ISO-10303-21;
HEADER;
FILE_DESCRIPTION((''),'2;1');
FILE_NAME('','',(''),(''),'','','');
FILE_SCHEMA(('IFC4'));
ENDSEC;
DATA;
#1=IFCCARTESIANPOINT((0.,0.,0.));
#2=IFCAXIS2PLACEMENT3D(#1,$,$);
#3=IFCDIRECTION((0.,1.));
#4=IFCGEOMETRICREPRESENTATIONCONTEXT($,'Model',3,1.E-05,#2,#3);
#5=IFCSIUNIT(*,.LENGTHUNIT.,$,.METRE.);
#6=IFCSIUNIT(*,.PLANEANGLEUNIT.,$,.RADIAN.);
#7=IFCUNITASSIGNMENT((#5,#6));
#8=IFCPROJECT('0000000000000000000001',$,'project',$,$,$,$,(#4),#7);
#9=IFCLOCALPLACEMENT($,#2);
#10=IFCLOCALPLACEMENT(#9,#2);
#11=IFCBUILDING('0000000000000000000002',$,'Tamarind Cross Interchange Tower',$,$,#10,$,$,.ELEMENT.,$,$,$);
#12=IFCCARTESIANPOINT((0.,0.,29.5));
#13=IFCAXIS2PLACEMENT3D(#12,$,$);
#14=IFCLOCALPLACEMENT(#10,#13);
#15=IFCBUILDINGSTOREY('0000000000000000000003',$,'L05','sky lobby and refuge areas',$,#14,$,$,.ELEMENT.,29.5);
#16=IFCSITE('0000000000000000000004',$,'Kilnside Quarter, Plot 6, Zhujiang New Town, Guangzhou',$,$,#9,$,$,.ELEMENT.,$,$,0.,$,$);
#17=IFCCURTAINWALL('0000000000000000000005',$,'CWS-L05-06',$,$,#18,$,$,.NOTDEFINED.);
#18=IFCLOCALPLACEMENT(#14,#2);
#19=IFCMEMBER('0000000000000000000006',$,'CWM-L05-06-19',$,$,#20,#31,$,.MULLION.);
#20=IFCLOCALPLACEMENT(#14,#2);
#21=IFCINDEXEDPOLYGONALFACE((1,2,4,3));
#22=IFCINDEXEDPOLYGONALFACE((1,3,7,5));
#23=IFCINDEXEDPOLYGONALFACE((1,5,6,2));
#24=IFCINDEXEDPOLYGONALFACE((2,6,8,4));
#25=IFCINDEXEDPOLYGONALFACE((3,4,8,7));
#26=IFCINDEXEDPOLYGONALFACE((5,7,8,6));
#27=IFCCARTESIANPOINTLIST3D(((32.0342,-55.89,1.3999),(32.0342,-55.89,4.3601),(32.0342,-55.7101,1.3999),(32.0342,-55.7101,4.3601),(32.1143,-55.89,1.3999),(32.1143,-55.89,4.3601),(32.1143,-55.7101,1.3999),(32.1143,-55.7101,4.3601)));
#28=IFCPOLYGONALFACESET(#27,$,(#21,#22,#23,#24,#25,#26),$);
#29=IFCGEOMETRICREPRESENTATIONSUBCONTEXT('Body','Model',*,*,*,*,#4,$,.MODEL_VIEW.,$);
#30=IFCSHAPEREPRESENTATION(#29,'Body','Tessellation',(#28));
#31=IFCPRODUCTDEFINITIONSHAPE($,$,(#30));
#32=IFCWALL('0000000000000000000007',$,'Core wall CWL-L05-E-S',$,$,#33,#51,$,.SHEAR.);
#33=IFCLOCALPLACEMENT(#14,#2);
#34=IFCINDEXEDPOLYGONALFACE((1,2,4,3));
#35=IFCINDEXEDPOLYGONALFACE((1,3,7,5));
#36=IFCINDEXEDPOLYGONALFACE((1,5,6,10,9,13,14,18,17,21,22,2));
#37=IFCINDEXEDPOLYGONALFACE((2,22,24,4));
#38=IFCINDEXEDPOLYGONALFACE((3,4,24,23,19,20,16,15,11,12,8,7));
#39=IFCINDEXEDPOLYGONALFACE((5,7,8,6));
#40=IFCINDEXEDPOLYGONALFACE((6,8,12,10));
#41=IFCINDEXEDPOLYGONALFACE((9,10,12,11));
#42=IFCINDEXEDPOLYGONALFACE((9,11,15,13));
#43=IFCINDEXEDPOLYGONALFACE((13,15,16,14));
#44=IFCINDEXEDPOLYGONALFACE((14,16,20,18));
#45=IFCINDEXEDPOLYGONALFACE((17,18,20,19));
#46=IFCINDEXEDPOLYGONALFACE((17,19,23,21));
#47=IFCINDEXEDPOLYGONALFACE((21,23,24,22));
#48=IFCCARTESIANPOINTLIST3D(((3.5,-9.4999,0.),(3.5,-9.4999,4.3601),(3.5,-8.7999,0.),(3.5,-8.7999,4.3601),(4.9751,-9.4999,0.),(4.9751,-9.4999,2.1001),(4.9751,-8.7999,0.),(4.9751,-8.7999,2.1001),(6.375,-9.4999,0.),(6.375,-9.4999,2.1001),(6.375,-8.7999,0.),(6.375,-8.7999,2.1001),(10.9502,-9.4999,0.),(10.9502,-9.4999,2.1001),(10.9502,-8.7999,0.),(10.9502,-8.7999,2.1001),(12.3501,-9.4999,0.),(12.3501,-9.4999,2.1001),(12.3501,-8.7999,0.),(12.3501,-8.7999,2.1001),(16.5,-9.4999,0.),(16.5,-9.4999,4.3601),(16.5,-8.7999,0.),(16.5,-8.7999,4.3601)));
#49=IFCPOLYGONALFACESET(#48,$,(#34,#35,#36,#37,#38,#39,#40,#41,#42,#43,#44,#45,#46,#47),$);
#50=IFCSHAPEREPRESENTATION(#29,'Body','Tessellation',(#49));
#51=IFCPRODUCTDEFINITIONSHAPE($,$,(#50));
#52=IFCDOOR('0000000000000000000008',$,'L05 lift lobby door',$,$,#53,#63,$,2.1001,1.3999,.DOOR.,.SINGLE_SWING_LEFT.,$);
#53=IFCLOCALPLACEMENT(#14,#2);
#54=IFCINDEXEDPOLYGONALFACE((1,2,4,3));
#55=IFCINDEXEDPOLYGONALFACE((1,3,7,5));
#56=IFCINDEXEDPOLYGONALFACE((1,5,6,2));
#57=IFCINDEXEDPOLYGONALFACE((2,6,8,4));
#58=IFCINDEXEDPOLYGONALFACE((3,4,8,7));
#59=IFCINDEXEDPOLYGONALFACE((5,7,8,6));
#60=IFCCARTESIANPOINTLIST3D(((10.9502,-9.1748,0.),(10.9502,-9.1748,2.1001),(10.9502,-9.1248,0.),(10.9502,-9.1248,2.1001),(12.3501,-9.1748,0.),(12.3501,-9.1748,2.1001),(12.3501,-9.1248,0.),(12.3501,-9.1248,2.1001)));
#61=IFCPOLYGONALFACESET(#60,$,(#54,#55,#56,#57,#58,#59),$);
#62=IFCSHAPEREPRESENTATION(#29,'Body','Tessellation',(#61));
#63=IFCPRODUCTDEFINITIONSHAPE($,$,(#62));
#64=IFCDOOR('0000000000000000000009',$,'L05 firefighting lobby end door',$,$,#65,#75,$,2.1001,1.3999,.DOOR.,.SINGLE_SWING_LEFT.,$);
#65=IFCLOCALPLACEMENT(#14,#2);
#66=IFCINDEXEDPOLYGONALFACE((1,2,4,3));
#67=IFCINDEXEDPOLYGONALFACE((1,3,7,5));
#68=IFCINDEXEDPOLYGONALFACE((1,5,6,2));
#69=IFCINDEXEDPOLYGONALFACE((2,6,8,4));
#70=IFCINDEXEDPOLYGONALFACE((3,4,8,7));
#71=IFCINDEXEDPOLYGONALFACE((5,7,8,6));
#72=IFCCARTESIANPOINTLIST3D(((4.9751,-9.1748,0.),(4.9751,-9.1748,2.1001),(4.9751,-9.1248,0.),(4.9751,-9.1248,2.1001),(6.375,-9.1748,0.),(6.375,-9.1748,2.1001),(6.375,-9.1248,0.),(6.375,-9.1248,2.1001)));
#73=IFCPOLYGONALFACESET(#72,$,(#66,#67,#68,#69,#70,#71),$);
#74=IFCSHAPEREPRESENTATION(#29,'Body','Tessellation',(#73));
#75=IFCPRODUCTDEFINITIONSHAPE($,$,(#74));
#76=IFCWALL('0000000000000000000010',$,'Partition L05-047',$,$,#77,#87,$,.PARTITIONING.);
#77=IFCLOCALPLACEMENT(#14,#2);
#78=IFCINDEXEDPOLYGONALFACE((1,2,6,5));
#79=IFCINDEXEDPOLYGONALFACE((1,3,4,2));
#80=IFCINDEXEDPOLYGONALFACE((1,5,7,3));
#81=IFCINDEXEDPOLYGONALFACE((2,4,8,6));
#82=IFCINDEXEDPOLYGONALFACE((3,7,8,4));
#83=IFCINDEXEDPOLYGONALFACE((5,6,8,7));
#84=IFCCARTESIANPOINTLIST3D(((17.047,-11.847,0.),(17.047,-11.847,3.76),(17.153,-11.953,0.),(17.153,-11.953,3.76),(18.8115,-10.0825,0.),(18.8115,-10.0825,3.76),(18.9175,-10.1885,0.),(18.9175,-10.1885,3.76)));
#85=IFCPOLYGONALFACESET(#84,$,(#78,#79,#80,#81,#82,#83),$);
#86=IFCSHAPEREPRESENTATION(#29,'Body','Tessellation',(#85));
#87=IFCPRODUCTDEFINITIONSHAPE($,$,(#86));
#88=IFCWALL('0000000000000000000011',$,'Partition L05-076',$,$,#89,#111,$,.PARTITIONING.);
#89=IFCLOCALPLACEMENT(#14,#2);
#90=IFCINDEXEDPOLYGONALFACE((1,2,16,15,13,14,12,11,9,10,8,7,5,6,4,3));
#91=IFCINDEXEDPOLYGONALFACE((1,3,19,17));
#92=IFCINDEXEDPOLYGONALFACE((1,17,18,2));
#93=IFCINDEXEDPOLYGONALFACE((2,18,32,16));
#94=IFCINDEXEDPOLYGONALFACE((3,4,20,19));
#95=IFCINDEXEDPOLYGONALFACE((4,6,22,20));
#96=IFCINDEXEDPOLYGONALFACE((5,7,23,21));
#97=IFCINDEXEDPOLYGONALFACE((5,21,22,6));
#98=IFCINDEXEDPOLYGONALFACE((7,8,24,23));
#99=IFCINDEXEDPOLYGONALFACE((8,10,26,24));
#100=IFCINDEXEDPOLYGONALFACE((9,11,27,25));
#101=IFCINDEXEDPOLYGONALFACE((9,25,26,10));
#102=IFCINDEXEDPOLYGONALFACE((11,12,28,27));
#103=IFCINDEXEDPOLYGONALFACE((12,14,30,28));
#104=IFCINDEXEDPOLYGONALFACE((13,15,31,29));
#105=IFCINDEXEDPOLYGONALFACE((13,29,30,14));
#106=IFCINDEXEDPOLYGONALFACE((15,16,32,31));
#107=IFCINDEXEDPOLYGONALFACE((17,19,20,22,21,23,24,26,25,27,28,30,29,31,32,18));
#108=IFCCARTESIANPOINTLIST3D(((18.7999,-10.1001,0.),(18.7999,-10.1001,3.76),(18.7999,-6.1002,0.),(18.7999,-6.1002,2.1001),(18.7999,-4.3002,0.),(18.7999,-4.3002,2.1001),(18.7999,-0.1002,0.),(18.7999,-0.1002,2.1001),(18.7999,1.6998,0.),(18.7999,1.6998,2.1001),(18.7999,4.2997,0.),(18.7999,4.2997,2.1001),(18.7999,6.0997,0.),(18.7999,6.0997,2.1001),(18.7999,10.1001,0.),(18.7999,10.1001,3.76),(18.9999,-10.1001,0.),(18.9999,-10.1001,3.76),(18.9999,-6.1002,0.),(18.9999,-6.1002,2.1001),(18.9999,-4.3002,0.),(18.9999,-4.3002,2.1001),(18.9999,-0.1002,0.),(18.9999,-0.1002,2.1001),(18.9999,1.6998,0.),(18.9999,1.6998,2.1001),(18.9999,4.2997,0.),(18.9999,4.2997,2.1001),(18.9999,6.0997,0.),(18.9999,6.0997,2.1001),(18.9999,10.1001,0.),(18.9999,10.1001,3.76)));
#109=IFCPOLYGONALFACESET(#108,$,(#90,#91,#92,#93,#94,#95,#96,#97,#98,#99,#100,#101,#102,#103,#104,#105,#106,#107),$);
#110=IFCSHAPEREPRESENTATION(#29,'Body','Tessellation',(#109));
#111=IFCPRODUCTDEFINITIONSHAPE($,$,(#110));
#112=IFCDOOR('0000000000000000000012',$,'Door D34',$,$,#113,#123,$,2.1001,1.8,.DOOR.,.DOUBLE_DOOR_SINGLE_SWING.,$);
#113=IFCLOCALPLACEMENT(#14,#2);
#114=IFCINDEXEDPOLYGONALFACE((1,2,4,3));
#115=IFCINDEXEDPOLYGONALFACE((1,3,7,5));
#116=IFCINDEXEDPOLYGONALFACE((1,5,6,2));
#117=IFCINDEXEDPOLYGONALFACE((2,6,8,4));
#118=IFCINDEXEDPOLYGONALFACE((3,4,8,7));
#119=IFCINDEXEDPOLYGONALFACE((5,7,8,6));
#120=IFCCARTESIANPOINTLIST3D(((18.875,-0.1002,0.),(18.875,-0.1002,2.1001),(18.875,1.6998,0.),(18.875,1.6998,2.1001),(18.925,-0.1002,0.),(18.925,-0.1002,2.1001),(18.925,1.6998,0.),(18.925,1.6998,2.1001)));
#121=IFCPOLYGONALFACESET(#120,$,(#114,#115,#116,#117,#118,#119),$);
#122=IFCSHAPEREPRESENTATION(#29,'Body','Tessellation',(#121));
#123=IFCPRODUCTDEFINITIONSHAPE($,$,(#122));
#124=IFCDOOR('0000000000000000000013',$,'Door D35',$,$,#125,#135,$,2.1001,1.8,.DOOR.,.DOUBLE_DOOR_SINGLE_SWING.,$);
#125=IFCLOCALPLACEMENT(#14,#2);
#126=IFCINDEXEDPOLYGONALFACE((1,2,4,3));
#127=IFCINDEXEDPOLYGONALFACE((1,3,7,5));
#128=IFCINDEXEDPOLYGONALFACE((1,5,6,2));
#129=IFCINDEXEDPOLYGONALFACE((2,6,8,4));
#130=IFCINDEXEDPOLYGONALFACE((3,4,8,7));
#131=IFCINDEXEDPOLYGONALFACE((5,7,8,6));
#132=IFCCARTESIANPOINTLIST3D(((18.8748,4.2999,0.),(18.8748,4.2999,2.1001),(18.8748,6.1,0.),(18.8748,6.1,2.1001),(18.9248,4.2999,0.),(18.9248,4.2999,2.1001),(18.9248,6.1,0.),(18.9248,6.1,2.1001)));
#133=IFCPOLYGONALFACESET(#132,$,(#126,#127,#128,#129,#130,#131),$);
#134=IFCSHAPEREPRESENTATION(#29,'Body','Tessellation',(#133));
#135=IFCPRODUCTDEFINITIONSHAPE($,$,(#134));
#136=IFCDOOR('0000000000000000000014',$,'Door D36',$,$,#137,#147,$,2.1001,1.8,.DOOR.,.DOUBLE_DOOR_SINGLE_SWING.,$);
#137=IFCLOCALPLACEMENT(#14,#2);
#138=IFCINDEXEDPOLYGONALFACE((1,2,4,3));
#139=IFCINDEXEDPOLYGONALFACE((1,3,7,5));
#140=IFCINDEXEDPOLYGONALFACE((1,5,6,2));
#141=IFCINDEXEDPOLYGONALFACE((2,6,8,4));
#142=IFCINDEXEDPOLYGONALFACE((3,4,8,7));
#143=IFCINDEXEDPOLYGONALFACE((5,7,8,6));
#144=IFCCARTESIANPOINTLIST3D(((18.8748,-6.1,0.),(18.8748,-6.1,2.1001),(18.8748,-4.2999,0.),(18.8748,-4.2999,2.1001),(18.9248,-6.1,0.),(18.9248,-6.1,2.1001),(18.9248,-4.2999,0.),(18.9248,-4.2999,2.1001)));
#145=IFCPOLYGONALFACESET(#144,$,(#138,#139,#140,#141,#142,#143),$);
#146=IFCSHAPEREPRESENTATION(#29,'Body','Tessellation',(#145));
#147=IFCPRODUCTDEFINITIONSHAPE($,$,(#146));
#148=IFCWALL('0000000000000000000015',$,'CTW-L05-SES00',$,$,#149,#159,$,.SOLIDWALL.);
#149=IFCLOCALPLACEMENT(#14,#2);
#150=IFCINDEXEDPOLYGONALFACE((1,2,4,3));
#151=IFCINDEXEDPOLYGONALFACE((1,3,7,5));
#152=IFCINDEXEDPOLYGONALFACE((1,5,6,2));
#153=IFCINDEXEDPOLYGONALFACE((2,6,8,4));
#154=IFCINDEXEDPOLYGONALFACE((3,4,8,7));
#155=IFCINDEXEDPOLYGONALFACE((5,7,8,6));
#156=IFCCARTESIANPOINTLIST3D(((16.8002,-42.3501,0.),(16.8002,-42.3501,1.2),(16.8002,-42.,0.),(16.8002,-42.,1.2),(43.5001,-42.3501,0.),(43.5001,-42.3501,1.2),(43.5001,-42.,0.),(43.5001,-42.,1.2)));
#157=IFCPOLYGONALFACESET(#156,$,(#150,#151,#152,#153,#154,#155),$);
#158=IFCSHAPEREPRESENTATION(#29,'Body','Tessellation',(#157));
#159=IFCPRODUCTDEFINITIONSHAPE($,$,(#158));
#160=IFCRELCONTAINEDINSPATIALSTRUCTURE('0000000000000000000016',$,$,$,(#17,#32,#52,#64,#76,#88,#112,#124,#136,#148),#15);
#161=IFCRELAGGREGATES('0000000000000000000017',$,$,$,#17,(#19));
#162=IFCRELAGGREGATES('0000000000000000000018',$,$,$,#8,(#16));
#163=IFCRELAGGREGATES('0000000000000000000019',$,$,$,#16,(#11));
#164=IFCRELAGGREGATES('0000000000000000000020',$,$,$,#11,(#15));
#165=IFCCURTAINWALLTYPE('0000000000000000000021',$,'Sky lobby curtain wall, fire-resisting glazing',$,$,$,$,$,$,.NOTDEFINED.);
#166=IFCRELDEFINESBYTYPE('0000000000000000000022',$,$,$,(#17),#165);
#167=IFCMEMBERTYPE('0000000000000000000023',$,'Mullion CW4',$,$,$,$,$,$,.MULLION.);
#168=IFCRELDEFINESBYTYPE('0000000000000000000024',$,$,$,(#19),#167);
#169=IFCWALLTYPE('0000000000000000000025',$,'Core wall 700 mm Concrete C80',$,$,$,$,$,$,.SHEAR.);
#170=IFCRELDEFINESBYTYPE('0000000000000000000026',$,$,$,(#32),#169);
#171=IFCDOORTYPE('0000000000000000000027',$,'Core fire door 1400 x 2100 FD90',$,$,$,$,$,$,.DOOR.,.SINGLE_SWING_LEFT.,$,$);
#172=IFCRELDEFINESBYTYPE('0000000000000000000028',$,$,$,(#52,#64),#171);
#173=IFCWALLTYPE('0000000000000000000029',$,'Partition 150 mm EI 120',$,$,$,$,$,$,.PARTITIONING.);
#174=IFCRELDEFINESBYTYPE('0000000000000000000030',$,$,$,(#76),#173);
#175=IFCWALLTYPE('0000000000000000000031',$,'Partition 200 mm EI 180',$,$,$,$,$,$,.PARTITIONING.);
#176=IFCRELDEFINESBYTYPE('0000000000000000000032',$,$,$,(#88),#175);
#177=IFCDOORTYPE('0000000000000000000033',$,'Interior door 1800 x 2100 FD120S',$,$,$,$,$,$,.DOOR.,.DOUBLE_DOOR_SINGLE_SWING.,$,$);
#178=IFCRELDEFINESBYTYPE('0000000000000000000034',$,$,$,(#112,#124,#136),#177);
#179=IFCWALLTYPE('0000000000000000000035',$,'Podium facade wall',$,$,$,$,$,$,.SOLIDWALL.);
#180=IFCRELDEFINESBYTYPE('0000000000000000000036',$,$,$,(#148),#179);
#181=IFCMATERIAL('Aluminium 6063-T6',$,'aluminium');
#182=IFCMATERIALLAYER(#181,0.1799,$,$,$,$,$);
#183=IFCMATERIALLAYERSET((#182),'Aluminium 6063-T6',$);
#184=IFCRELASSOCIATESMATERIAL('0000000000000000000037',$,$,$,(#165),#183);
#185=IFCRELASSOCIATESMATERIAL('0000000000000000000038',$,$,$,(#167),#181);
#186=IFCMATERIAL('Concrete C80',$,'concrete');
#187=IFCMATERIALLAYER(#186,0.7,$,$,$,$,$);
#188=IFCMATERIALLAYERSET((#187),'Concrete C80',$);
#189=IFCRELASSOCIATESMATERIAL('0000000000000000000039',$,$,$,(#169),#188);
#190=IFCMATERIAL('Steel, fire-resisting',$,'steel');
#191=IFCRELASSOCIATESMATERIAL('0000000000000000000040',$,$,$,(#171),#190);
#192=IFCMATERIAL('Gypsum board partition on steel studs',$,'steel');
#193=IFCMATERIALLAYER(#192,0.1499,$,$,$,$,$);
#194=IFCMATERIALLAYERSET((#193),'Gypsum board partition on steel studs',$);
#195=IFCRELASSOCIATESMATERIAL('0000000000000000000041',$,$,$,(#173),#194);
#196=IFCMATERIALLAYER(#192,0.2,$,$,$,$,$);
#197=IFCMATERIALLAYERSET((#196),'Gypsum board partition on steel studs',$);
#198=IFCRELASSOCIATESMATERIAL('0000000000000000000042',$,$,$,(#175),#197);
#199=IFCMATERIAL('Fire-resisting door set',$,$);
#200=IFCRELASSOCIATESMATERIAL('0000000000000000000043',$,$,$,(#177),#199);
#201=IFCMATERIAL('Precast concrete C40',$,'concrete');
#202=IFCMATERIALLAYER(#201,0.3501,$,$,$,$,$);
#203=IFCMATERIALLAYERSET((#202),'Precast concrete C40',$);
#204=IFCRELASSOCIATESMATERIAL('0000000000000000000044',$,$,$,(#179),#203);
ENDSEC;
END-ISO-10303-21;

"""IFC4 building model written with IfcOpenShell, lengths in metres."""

from ifc_helpers import new_model, si_unit, direction, frame, frame_2d, origin, origin_2d, place, context, subcontext, project, spatial, rectangle, extrude, material, layer, layer_set, material_profile, profile_set, type_object, element, fill, aggregate, save


model = new_model("IFC4")

# Units and contexts
model_context = context("Model", 3, precision=1e-05, world=origin(), true_north=direction((0.0, 1.0)))
body_context = subcontext(model_context, "Body", "Model", "MODEL_VIEW")
ifc_project = project(units=[si_unit("LENGTHUNIT", "METRE"), si_unit("PLANEANGLEUNIT", "RADIAN")], contexts=[model_context])

# Site, building, storey
site_placement = place(None, origin())
site = spatial("IfcSite", under=ifc_project, at=site_placement, Name="Kilnside Quarter, Plot 6, Zhujiang New Town, Guangzhou", CompositionType="ELEMENT", RefElevation=0.0)
building_placement = place(site_placement, origin())
building = spatial("IfcBuilding", under=site, at=building_placement, Name="Tamarind Cross Interchange Tower", CompositionType="ELEMENT")
storey_placement = place(building_placement, frame((0.0, 0.0, 29.5)))
storey = spatial("IfcBuildingStorey", under=building, at=storey_placement, Name="L05", Description="sky lobby and refuge areas", CompositionType="ELEMENT", Elevation=29.5)

# Curtain wall, member
ifc_material_1 = material(Name="Aluminium 6063-T6", Category="aluminium")
ifc_layer_1 = layer(ifc_material_1, 0.1799)
ifc_layer_set_1 = layer_set([ifc_layer_1], Name="Aluminium 6063-T6")
curtain_wall_type = type_object("IfcCurtainWallType", Name="Sky lobby curtain wall, fire-resisting glazing", PredefinedType="NOTDEFINED", material=ifc_layer_set_1)
curtain_wall_placement = place(storey_placement, origin())
curtain_wall = element("IfcCurtainWall", 1, at=curtain_wall_placement, inside=storey, type_object=curtain_wall_type, Name="CWS-L05-06", PredefinedType="NOTDEFINED")
ifc_material_profile_1 = material_profile(ifc_material_1, rectangle(XDim=0.0801, YDim=0.1799, at=origin_2d()), Name="Mullion CW4")
ifc_profile_set_1 = profile_set([ifc_material_profile_1], Name="Aluminium 6063-T6")
member_type = type_object("IfcMemberType", Name="Mullion CW4", PredefinedType="MULLION", material=ifc_profile_set_1)
member_1_placement = place(storey_placement, frame((32.0742, -55.8, 1.3999), z_axis=(0.0, 0.0, 1.0), x_axis=(1.0, 0.0, 0.0)))
member_1 = element("IfcMember", 2, at=member_1_placement, type_object=member_type, Name="CWM-L05-06-19", PredefinedType="MULLION", context=body_context, shape_type="SweptSolid", body=[
    extrude(rectangle(XDim=0.0801, YDim=0.1799, at=origin_2d()), origin(), (0.0, 0.0, 1.0), 2.9602),
])
aggregate(curtain_wall, [member_1])

# Wall, openings, doors
ifc_material_2 = material(Name="Concrete C80", Category="concrete")
ifc_layer_2 = layer(ifc_material_2, 0.7)
ifc_layer_set_2 = layer_set([ifc_layer_2], Name="Concrete C80")
wall_type_1 = type_object("IfcWallType", Name="Core wall 700 mm Concrete C80", PredefinedType="SHEAR", material=ifc_layer_set_2)
wall_1_placement = place(storey_placement, frame((16.5, -9.1499, 0.0), z_axis=(0.0, 0.0, 1.0), x_axis=(-1.0, 0.0, 0.0)))
wall_1 = element("IfcWall", 3, at=wall_1_placement, inside=storey, type_object=wall_type_1, Name="Core wall CWL-L05-E-S", PredefinedType="SHEAR", context=body_context, shape_type="SweptSolid", body=[
    extrude(rectangle(XDim=13.0, YDim=0.7, at=frame_2d((6.5, 0.0))), origin(), (0.0, 0.0, 1.0), 4.3601),
])
opening_1_placement = place(wall_1_placement, frame((4.1499, 0.0, 0.0)))
opening_1 = element("IfcOpeningElement", 4, at=opening_1_placement, cuts=wall_1, PredefinedType="OPENING", context=body_context, shape_type="SweptSolid", body=[
    extrude(rectangle(XDim=1.3999, YDim=2.1001, at=frame_2d((0.7, 1.05))), frame((0.0, 0.3599, 0.0), z_axis=(0.0, -1.0, 0.0), x_axis=(1.0, 0.0, 0.0)), (0.0, 0.0, 1.0), 0.72),
])
opening_2_placement = place(wall_1_placement, frame((10.125, 0.0, 0.0)))
opening_2 = element("IfcOpeningElement", 5, at=opening_2_placement, cuts=wall_1, PredefinedType="OPENING", context=body_context, shape_type="SweptSolid", body=[
    extrude(rectangle(XDim=1.3999, YDim=2.1001, at=frame_2d((0.7, 1.05))), frame((0.0, 0.3599, 0.0), z_axis=(0.0, -1.0, 0.0), x_axis=(1.0, 0.0, 0.0)), (0.0, 0.0, 1.0), 0.72),
])
ifc_material_3 = material(Name="Steel, fire-resisting", Category="steel")
door_type_1 = type_object("IfcDoorType", Name="Core fire door 1400 x 2100 FD90", OperationType="SINGLE_SWING_LEFT", PredefinedType="DOOR", material=ifc_material_3)
door_1_placement = place(opening_1_placement, origin())
door_1 = element("IfcDoor", 6, at=door_1_placement, inside=storey, type_object=door_type_1, Name="L05 lift lobby door", OperationType="SINGLE_SWING_LEFT", OverallHeight=2.1001, OverallWidth=1.3999, PredefinedType="DOOR", context=body_context, shape_type="SweptSolid", body=[
    extrude(rectangle(XDim=1.3999, YDim=2.1001, at=frame_2d((0.7, 1.05))), frame((0.0, 0.0249, 0.0), z_axis=(0.0, -1.0, 0.0), x_axis=(1.0, 0.0, 0.0)), (0.0, 0.0, 1.0), 0.05),
])
fill(opening_1, door_1)
door_2_placement = place(opening_2_placement, origin())
door_2 = element("IfcDoor", 7, at=door_2_placement, inside=storey, type_object=door_type_1, Name="L05 firefighting lobby end door", OperationType="SINGLE_SWING_LEFT", OverallHeight=2.1001, OverallWidth=1.3999, PredefinedType="DOOR", context=body_context, shape_type="SweptSolid", body=[
    extrude(rectangle(XDim=1.3999, YDim=2.1001, at=frame_2d((0.7, 1.05))), frame((0.0, 0.0249, 0.0), z_axis=(0.0, -1.0, 0.0), x_axis=(1.0, 0.0, 0.0)), (0.0, 0.0, 1.0), 0.05),
])
fill(opening_2, door_2)

# Wall
ifc_material_4 = material(Name="Gypsum board partition on steel studs", Category="steel")
ifc_layer_3 = layer(ifc_material_4, 0.1499)
ifc_layer_set_3 = layer_set([ifc_layer_3], Name="Gypsum board partition on steel studs")
wall_type_2 = type_object("IfcWallType", Name="Partition 150 mm EI 120", PredefinedType="PARTITIONING", material=ifc_layer_set_3)
wall_2_placement = place(storey_placement, frame((17.1001, -11.8999, 0.0), z_axis=(0.0, 0.0, 1.0), x_axis=(0.707107, 0.707107, 0.0)))
element("IfcWall", 8, at=wall_2_placement, inside=storey, type_object=wall_type_2, Name="Partition L05-047", PredefinedType="PARTITIONING", context=body_context, shape_type="SweptSolid", body=[
    extrude(rectangle(XDim=2.4954, YDim=0.1499, at=frame_2d((1.2476, 0.0))), origin(), (0.0, 0.0, 1.0), 3.76),
])

# Wall, openings, doors
ifc_layer_4 = layer(ifc_material_4, 0.2)
ifc_layer_set_4 = layer_set([ifc_layer_4], Name="Gypsum board partition on steel studs")
wall_type_3 = type_object("IfcWallType", Name="Partition 200 mm EI 180", PredefinedType="PARTITIONING", material=ifc_layer_set_4)
wall_3_placement = place(storey_placement, frame((18.8999, -10.1001, 0.0), z_axis=(0.0, 0.0, 1.0), x_axis=(0.0, 1.0, 0.0)))
wall_3 = element("IfcWall", 9, at=wall_3_placement, inside=storey, type_object=wall_type_3, Name="Partition L05-076", PredefinedType="PARTITIONING", context=body_context, shape_type="SweptSolid", body=[
    extrude(rectangle(XDim=20.2002, YDim=0.2, at=frame_2d((10.1001, 0.0))), origin(), (0.0, 0.0, 1.0), 3.76),
])
opening_3_placement = place(wall_3_placement, frame((10.0, 0.0, 0.0)))
opening_3 = element("IfcOpeningElement", 10, at=opening_3_placement, cuts=wall_3, PredefinedType="OPENING", context=body_context, shape_type="SweptSolid", body=[
    extrude(rectangle(XDim=1.8, YDim=2.1001, at=frame_2d((0.8999, 1.05))), frame((0.0, 0.1099, 0.0), z_axis=(0.0, -1.0, 0.0), x_axis=(1.0, 0.0, 0.0)), (0.0, 0.0, 1.0), 0.22),
])
opening_4_placement = place(wall_3_placement, frame((14.3999, 0.0, 0.0)))
opening_4 = element("IfcOpeningElement", 11, at=opening_4_placement, cuts=wall_3, PredefinedType="OPENING", context=body_context, shape_type="SweptSolid", body=[
    extrude(rectangle(XDim=1.8, YDim=2.1001, at=frame_2d((0.8999, 1.05))), frame((0.0, 0.1099, 0.0), z_axis=(0.0, -1.0, 0.0), x_axis=(1.0, 0.0, 0.0)), (0.0, 0.0, 1.0), 0.22),
])
opening_5_placement = place(wall_3_placement, frame((4.0, 0.0, 0.0)))
opening_5 = element("IfcOpeningElement", 12, at=opening_5_placement, cuts=wall_3, PredefinedType="OPENING", context=body_context, shape_type="SweptSolid", body=[
    extrude(rectangle(XDim=1.8, YDim=2.1001, at=frame_2d((0.8999, 1.05))), frame((0.0, 0.1099, 0.0), z_axis=(0.0, -1.0, 0.0), x_axis=(1.0, 0.0, 0.0)), (0.0, 0.0, 1.0), 0.22),
])
ifc_material_5 = material(Name="Fire-resisting door set")
door_type_2 = type_object("IfcDoorType", Name="Interior door 1800 x 2100 FD120S", OperationType="DOUBLE_DOOR_SINGLE_SWING", PredefinedType="DOOR", material=ifc_material_5)
door_3_placement = place(opening_3_placement, origin())
door_3 = element("IfcDoor", 13, at=door_3_placement, inside=storey, type_object=door_type_2, Name="Door D34", OperationType="DOUBLE_DOOR_SINGLE_SWING", OverallHeight=2.1001, OverallWidth=1.8, PredefinedType="DOOR", context=body_context, shape_type="SweptSolid", body=[
    extrude(rectangle(XDim=1.8, YDim=2.1001, at=frame_2d((0.8999, 1.05))), frame((0.0, 0.0249, 0.0), z_axis=(0.0, -1.0, 0.0), x_axis=(1.0, 0.0, 0.0)), (0.0, 0.0, 1.0), 0.05),
])
fill(opening_3, door_3)
door_4_placement = place(opening_4_placement, frame((1.8, 0.0, 0.0), z_axis=(0.0, 0.0, 1.0), x_axis=(-1.0, 0.0, 0.0)))
door_4 = element("IfcDoor", 14, at=door_4_placement, inside=storey, type_object=door_type_2, Name="Door D35", OperationType="DOUBLE_DOOR_SINGLE_SWING", OverallHeight=2.1001, OverallWidth=1.8, PredefinedType="DOOR", context=body_context, shape_type="SweptSolid", body=[
    extrude(rectangle(XDim=1.8, YDim=2.1001, at=frame_2d((0.8999, 1.05))), frame((0.0, 0.0249, 0.0), z_axis=(0.0, -1.0, 0.0), x_axis=(1.0, 0.0, 0.0)), (0.0, 0.0, 1.0), 0.05),
])
fill(opening_4, door_4)
door_5_placement = place(opening_5_placement, frame((1.8, 0.0, 0.0), z_axis=(0.0, 0.0, 1.0), x_axis=(-1.0, 0.0, 0.0)))
door_5 = element("IfcDoor", 15, at=door_5_placement, inside=storey, type_object=door_type_2, Name="Door D36", OperationType="DOUBLE_DOOR_SINGLE_SWING", OverallHeight=2.1001, OverallWidth=1.8, PredefinedType="DOOR", context=body_context, shape_type="SweptSolid", body=[
    extrude(rectangle(XDim=1.8, YDim=2.1001, at=frame_2d((0.8999, 1.05))), frame((0.0, 0.0249, 0.0), z_axis=(0.0, -1.0, 0.0), x_axis=(1.0, 0.0, 0.0)), (0.0, 0.0, 1.0), 0.05),
])
fill(opening_5, door_5)

# Wall
ifc_material_6 = material(Name="Precast concrete C40", Category="concrete")
ifc_layer_5 = layer(ifc_material_6, 0.3501)
ifc_layer_set_5 = layer_set([ifc_layer_5], Name="Precast concrete C40")
wall_type_4 = type_object("IfcWallType", Name="Podium facade wall", PredefinedType="SOLIDWALL", material=ifc_layer_set_5)
for number, where, z_axis, x_axis, name in (
    (16, (16.8, -42.175, 0.0), (0.0, 0.0, 1.0), (1.0, 0.0, 0.0), "CTW-L05-SES00"),
):
    element("IfcWall", number, at=place(storey_placement, frame(where, z_axis=z_axis, x_axis=x_axis)), inside=storey, type_object=wall_type_4, Name=name, PredefinedType="SOLIDWALL", context=body_context, shape_type="SweptSolid", body=[
        extrude(rectangle(XDim=26.7, YDim=0.3501, at=frame_2d((13.3501, 0.0))), origin(), (0.0, 0.0, 1.0), 1.2),
    ])

save(model, "model.ifc")
